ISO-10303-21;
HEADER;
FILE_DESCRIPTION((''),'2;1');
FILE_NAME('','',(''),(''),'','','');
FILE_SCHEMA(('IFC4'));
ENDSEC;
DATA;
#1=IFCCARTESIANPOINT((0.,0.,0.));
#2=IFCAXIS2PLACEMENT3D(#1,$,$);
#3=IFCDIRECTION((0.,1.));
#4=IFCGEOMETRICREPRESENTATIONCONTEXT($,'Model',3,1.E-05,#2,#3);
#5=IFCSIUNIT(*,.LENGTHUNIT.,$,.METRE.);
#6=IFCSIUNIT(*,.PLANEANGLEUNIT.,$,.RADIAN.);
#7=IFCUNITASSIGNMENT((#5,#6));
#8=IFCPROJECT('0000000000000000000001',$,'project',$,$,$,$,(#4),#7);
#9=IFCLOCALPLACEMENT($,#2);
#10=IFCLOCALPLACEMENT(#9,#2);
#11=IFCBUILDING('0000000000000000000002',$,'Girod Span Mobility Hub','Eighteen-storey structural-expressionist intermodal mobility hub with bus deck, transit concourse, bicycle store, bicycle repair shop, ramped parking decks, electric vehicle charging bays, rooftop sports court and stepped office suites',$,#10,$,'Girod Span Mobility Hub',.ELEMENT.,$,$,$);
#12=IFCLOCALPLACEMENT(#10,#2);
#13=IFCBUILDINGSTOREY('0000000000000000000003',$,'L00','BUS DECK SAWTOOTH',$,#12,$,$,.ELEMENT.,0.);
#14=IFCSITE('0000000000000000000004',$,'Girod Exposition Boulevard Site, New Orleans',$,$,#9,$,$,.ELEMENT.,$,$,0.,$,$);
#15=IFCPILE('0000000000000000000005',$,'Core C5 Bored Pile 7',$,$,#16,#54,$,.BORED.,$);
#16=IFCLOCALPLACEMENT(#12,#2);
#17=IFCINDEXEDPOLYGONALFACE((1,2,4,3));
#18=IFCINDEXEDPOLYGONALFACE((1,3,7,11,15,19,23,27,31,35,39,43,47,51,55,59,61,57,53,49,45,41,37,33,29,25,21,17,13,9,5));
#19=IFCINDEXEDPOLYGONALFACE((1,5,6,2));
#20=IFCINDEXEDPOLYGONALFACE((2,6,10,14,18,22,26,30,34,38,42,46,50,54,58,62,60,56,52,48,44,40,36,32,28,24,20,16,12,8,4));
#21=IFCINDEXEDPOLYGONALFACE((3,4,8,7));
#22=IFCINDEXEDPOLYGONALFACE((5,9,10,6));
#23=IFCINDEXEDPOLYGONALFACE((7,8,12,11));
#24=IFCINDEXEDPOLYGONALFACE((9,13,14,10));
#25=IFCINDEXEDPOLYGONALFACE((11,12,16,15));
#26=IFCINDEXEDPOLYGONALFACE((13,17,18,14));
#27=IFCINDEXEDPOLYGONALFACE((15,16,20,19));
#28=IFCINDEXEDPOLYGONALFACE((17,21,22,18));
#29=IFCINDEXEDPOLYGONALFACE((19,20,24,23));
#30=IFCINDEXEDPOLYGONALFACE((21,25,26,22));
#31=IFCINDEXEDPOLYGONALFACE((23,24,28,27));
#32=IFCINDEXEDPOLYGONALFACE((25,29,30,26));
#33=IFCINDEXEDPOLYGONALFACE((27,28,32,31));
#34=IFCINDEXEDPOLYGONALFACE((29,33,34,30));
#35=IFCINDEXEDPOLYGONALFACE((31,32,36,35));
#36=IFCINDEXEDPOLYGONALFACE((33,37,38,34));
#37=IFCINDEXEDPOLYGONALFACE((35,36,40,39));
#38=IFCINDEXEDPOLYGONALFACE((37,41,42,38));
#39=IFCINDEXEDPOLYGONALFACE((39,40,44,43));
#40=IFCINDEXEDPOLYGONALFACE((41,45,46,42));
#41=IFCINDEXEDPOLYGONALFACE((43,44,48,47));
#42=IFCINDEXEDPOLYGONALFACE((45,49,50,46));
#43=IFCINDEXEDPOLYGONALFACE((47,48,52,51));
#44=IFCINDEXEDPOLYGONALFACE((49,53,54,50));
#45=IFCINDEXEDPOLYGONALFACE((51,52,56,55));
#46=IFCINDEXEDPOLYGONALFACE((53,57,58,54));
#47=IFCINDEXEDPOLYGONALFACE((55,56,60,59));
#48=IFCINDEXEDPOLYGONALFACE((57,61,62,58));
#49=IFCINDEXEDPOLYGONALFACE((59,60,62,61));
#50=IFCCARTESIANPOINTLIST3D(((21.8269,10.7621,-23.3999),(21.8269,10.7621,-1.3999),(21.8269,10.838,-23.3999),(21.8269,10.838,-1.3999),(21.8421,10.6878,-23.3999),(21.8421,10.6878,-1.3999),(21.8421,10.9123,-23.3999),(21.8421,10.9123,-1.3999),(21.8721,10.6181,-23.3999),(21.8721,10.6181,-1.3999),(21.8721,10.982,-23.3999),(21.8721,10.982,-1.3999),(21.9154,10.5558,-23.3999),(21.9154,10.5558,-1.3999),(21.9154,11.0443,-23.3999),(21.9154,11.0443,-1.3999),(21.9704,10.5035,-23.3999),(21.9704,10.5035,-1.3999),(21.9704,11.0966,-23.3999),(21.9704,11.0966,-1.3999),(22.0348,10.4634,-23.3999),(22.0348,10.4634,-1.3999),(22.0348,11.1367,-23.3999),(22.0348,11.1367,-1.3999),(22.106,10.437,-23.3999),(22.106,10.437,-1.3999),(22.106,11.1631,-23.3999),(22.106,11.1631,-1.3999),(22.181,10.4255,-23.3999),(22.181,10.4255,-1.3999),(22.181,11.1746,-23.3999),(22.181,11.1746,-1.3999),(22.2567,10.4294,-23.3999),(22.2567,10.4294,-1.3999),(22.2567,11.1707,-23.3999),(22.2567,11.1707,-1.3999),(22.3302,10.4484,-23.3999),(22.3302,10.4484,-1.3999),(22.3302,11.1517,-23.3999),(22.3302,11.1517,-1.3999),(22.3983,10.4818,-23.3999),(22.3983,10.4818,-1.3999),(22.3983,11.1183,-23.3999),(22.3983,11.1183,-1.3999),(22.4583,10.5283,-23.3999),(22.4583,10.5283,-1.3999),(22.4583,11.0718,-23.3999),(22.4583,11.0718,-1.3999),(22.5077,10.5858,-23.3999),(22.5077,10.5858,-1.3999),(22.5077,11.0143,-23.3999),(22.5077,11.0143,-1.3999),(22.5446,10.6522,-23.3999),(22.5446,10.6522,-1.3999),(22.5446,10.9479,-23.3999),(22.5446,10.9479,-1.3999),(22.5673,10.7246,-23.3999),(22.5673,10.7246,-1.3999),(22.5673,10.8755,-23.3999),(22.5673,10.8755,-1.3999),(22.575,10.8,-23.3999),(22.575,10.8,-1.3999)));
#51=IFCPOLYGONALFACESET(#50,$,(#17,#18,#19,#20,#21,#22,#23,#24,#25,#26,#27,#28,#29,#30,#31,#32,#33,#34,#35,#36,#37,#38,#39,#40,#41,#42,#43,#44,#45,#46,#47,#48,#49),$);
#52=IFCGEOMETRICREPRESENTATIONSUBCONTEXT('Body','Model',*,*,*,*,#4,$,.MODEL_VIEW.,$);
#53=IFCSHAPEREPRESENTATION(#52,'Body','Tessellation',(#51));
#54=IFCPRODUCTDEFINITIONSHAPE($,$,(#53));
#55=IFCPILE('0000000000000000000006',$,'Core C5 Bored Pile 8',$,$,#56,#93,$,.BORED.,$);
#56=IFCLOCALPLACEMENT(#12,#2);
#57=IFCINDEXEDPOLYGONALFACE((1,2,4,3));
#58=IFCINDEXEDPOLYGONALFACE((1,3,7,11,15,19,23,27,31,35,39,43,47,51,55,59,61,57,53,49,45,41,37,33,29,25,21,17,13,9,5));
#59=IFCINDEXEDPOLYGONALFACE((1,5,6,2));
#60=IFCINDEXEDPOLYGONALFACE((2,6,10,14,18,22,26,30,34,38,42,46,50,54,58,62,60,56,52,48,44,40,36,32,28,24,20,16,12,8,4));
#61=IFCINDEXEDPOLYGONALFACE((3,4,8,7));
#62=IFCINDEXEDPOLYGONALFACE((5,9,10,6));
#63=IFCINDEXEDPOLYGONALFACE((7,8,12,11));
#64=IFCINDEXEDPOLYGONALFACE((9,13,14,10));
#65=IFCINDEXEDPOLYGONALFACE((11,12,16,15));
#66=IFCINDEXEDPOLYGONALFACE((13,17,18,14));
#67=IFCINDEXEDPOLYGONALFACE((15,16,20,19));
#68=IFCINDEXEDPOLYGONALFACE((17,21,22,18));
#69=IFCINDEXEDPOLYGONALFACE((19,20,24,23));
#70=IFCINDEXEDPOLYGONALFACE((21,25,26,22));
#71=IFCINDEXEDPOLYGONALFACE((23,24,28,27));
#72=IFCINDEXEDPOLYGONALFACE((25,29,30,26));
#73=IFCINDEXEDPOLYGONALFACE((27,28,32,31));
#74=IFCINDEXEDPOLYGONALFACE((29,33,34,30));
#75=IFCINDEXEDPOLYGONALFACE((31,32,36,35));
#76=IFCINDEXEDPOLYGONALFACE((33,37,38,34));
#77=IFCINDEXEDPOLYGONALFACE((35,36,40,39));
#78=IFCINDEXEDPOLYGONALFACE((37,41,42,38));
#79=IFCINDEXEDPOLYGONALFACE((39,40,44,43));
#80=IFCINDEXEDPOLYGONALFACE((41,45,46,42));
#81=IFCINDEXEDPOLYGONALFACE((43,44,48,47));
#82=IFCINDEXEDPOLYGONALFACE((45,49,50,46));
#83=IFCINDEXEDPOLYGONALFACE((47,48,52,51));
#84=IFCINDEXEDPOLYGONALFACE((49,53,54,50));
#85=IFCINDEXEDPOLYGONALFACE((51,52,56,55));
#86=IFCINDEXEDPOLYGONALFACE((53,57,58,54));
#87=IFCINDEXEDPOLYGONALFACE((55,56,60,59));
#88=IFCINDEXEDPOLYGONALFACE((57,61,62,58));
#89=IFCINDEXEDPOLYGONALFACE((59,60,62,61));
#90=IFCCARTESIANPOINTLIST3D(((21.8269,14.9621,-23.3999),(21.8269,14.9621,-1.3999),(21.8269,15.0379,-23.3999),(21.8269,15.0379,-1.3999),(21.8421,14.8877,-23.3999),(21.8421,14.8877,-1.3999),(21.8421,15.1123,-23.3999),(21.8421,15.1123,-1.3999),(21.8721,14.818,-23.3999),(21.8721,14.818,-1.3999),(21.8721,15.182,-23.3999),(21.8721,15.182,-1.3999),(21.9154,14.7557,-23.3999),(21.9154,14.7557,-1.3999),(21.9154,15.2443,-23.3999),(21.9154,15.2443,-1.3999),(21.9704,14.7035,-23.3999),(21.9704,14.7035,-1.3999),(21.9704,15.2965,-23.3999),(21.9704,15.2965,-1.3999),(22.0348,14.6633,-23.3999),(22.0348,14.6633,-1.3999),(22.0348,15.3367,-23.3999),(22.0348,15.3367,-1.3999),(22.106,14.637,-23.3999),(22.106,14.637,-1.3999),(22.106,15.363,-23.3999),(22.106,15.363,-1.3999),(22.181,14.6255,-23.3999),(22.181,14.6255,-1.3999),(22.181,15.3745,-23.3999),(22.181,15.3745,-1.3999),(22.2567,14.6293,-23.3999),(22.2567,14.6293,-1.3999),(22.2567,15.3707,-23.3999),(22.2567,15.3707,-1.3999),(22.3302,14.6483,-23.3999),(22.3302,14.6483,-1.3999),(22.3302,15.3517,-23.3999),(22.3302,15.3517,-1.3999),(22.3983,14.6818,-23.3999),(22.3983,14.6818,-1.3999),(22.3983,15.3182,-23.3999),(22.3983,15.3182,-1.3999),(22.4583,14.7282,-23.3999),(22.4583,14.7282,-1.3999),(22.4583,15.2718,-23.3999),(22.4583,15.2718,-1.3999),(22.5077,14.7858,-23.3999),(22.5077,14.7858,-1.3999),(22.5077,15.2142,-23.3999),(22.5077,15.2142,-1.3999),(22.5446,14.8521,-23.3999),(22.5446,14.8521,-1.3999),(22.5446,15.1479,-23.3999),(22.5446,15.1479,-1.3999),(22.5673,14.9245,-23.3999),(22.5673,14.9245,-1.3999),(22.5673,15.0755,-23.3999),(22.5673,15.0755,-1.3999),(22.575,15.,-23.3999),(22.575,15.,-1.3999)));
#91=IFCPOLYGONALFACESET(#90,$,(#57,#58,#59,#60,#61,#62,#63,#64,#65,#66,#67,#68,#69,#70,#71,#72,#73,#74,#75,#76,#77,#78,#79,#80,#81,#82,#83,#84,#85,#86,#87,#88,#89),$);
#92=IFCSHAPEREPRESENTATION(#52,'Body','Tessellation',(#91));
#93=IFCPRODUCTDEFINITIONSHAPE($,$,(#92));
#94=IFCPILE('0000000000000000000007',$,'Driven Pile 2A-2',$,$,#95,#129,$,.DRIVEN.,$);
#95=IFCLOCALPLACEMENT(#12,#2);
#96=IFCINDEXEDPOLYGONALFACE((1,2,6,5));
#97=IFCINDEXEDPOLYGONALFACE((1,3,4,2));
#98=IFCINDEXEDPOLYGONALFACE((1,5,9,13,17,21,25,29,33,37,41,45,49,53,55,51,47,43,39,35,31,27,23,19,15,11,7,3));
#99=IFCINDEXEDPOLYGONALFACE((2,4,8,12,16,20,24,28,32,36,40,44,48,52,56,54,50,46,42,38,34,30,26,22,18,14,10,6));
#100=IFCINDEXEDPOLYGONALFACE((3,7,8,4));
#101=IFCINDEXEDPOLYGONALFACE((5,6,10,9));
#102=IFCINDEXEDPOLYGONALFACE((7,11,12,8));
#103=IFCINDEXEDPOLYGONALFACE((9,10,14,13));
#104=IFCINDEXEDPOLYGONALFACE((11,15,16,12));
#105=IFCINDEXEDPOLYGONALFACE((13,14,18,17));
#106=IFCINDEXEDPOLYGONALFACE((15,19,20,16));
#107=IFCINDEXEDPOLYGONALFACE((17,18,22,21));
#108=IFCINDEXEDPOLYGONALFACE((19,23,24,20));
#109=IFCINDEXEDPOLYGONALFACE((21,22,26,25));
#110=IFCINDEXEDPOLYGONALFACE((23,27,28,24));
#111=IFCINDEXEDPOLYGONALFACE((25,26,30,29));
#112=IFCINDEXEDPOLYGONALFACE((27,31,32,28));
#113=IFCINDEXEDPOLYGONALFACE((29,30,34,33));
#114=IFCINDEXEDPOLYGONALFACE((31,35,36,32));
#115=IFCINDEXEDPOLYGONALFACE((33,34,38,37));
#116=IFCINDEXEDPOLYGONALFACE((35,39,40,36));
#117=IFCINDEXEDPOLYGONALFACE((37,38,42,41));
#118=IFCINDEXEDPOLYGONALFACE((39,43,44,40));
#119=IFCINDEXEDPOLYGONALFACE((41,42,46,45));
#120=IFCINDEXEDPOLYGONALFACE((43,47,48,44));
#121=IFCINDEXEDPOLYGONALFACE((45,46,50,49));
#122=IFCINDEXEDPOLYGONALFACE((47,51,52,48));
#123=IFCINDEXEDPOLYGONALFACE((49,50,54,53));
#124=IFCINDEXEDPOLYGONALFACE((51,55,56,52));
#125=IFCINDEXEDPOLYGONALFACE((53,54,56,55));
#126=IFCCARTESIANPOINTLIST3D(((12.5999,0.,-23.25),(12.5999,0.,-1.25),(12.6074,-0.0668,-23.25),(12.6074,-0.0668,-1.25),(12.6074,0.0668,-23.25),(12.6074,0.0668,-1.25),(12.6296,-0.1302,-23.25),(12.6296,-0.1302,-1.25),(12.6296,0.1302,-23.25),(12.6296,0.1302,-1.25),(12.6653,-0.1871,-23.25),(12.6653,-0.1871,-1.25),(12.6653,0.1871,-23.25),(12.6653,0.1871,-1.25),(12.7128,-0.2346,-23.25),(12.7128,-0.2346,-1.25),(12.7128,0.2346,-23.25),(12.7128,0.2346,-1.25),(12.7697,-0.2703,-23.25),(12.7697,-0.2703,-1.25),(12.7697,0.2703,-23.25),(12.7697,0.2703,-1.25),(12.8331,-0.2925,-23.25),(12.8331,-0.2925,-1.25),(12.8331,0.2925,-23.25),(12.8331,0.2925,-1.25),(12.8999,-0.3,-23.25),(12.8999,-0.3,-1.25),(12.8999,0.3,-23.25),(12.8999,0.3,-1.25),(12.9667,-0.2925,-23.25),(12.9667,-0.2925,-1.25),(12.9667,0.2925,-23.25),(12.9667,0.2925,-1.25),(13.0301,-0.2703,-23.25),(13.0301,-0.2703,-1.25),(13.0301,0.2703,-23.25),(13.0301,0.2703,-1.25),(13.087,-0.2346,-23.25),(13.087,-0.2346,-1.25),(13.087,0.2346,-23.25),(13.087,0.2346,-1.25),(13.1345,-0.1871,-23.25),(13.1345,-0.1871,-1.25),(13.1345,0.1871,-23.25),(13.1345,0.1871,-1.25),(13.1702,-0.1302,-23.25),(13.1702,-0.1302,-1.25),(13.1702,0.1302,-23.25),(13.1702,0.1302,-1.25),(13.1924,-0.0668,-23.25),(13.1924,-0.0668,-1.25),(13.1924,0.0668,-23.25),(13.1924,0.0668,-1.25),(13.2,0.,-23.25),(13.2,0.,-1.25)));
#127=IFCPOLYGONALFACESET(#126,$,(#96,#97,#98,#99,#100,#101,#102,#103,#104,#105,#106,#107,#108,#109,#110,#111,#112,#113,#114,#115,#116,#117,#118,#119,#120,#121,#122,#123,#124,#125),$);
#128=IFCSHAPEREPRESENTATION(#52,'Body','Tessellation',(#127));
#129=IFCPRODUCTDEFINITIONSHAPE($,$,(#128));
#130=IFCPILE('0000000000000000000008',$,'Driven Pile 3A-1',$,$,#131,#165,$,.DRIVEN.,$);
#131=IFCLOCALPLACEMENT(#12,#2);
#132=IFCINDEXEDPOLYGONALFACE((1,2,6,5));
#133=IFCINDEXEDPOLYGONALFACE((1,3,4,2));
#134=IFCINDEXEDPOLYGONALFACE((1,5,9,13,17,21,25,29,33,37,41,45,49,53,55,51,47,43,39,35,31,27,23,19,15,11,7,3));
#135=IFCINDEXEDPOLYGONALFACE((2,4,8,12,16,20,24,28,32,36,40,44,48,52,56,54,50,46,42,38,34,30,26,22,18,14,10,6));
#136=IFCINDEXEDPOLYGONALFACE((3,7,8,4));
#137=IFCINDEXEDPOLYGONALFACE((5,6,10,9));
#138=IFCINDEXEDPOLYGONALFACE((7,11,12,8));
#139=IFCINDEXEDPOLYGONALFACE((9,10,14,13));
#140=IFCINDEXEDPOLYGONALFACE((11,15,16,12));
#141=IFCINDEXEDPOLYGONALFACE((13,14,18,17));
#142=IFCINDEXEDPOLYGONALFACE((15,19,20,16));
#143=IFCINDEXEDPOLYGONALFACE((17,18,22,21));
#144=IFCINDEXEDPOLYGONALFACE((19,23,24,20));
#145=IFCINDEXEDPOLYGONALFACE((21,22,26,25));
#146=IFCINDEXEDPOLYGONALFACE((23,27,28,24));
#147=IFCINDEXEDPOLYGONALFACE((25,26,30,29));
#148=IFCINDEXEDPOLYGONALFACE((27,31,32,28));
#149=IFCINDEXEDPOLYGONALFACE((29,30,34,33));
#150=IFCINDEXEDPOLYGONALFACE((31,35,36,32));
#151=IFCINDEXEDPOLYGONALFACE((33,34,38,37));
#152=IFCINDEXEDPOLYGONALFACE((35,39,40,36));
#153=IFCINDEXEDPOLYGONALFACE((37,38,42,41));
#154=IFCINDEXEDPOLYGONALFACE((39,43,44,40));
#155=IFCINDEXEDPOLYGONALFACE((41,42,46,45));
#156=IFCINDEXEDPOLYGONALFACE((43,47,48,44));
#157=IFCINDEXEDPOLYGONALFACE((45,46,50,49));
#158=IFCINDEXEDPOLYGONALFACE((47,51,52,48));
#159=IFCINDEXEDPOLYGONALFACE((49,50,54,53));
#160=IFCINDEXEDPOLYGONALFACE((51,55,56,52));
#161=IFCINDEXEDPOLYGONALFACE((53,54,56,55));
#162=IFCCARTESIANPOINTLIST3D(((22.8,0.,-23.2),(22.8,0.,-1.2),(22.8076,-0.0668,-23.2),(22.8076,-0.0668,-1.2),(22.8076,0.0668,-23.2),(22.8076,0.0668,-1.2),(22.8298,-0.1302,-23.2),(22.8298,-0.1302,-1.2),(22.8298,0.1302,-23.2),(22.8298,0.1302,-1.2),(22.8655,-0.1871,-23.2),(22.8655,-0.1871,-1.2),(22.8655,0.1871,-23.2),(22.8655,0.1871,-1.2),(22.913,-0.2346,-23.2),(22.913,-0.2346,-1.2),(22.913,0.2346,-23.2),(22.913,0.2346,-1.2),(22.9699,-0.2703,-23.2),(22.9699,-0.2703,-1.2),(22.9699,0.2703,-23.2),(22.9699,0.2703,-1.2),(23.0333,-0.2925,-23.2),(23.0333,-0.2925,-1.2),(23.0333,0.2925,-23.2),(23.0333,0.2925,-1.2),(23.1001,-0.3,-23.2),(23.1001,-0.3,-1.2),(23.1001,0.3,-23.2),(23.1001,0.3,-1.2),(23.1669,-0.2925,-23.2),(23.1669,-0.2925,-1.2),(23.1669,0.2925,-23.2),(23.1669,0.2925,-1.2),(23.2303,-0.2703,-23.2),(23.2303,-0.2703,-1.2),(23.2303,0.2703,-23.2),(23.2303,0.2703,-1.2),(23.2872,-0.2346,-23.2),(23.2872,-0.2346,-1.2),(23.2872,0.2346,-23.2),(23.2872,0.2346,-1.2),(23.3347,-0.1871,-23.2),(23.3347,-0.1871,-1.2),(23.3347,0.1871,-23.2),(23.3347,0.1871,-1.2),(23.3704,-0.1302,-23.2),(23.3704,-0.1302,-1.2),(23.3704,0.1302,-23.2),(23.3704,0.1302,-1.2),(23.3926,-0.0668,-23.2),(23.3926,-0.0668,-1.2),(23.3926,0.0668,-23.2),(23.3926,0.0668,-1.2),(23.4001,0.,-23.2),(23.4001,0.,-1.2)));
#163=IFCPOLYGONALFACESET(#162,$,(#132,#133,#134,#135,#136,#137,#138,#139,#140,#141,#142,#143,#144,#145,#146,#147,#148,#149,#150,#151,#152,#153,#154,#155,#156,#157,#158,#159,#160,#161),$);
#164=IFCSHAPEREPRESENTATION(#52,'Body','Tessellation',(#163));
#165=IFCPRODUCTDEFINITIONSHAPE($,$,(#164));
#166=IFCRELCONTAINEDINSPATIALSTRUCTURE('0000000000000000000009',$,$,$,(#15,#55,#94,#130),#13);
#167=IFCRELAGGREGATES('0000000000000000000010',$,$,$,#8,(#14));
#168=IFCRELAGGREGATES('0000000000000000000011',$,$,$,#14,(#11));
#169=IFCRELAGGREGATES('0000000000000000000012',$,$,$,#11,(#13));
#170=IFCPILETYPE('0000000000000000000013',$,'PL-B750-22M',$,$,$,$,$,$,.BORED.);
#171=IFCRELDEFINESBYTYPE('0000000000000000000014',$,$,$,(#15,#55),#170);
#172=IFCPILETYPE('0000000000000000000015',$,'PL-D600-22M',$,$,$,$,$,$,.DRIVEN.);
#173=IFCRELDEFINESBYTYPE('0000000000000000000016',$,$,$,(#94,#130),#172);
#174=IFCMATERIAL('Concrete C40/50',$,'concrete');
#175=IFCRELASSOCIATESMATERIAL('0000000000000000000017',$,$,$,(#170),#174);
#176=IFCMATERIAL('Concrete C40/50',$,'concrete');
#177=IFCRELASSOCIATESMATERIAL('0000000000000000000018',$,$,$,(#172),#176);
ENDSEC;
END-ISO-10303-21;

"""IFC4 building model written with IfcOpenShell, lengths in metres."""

from ifc_helpers import new_model, si_unit, direction, frame, origin, origin_2d, place, context, subcontext, project, spatial, circle, extrude, material, material_profile, profile_set, type_object, element, save


model = new_model("IFC4")

# Units and contexts
model_context = context("Model", 3, precision=1e-05, world=origin(), true_north=direction((0.0, 1.0)))
body_context = subcontext(model_context, "Body", "Model", "MODEL_VIEW")
ifc_project = project(units=[si_unit("LENGTHUNIT", "METRE"), si_unit("PLANEANGLEUNIT", "RADIAN")], contexts=[model_context])

# Site, building, storey
site_placement = place(None, origin())
site = spatial("IfcSite", under=ifc_project, at=site_placement, Name="Girod Exposition Boulevard Site, New Orleans", CompositionType="ELEMENT", RefElevation=0.0)
building_placement = place(site_placement, origin())
building = spatial("IfcBuilding", under=site, at=building_placement, Name="Girod Span Mobility Hub", Description="Eighteen-storey structural-expressionist intermodal mobility hub with bus deck, transit concourse, bicycle store, bicycle repair shop, ramped parking decks, electric vehicle charging bays, rooftop sports court and stepped office suites", LongName="Girod Span Mobility Hub", CompositionType="ELEMENT")
storey_placement = place(building_placement, origin())
storey = spatial("IfcBuildingStorey", under=building, at=storey_placement, Name="L00", Description="BUS DECK SAWTOOTH", CompositionType="ELEMENT", Elevation=0.0)

# Piles
ifc_material_1 = material(Name="Concrete C40/50", Category="concrete")
ifc_material_profile_1 = material_profile(ifc_material_1, circle(Radius=0.375, at=origin_2d()), Name="PILE-D750")
ifc_profile_set_1 = profile_set([ifc_material_profile_1], Name="Concrete C40/50")
pile_type_1 = type_object("IfcPileType", Name="PL-B750-22M", PredefinedType="BORED", material=ifc_profile_set_1)
for number, where, z_axis, x_axis, name in (
    (1, (22.2, 10.8, -1.3999), (0.0, 0.0, -1.0), (1.0, 0.0, 0.0), "Core C5 Bored Pile 7"),
    (2, (22.2, 15.0, -1.3999), (0.0, 0.0, -1.0), (1.0, 0.0, 0.0), "Core C5 Bored Pile 8"),
):
    element("IfcPile", number, at=place(storey_placement, frame(where, z_axis=z_axis, x_axis=x_axis)), inside=storey, type_object=pile_type_1, Name=name, PredefinedType="BORED", context=body_context, shape_type="SweptSolid", body=[
        extrude(circle(Radius=0.375, at=origin_2d()), origin(), (0.0, 0.0, 1.0), 22.0),
    ])
ifc_material_2 = material(Name="Concrete C40/50", Category="concrete")
ifc_material_profile_2 = material_profile(ifc_material_2, circle(Radius=0.3, at=origin_2d()), Name="PILE-D600")
ifc_profile_set_2 = profile_set([ifc_material_profile_2], Name="Concrete C40/50")
pile_type_2 = type_object("IfcPileType", Name="PL-D600-22M", PredefinedType="DRIVEN", material=ifc_profile_set_2)
for number, where, z_axis, x_axis, name in (
    (3, (12.8999, 0.0, -1.25), (0.0, 0.0, -1.0), (1.0, 0.0, 0.0), "Driven Pile 2A-2"),
    (4, (23.1001, 0.0, -1.2), (0.0, 0.0, -1.0), (1.0, 0.0, 0.0), "Driven Pile 3A-1"),
):
    element("IfcPile", number, at=place(storey_placement, frame(where, z_axis=z_axis, x_axis=x_axis)), inside=storey, type_object=pile_type_2, Name=name, PredefinedType="DRIVEN", context=body_context, shape_type="SweptSolid", body=[
        extrude(circle(Radius=0.3, at=origin_2d()), origin(), (0.0, 0.0, 1.0), 22.0),
    ])

save(model, "model.ifc")
